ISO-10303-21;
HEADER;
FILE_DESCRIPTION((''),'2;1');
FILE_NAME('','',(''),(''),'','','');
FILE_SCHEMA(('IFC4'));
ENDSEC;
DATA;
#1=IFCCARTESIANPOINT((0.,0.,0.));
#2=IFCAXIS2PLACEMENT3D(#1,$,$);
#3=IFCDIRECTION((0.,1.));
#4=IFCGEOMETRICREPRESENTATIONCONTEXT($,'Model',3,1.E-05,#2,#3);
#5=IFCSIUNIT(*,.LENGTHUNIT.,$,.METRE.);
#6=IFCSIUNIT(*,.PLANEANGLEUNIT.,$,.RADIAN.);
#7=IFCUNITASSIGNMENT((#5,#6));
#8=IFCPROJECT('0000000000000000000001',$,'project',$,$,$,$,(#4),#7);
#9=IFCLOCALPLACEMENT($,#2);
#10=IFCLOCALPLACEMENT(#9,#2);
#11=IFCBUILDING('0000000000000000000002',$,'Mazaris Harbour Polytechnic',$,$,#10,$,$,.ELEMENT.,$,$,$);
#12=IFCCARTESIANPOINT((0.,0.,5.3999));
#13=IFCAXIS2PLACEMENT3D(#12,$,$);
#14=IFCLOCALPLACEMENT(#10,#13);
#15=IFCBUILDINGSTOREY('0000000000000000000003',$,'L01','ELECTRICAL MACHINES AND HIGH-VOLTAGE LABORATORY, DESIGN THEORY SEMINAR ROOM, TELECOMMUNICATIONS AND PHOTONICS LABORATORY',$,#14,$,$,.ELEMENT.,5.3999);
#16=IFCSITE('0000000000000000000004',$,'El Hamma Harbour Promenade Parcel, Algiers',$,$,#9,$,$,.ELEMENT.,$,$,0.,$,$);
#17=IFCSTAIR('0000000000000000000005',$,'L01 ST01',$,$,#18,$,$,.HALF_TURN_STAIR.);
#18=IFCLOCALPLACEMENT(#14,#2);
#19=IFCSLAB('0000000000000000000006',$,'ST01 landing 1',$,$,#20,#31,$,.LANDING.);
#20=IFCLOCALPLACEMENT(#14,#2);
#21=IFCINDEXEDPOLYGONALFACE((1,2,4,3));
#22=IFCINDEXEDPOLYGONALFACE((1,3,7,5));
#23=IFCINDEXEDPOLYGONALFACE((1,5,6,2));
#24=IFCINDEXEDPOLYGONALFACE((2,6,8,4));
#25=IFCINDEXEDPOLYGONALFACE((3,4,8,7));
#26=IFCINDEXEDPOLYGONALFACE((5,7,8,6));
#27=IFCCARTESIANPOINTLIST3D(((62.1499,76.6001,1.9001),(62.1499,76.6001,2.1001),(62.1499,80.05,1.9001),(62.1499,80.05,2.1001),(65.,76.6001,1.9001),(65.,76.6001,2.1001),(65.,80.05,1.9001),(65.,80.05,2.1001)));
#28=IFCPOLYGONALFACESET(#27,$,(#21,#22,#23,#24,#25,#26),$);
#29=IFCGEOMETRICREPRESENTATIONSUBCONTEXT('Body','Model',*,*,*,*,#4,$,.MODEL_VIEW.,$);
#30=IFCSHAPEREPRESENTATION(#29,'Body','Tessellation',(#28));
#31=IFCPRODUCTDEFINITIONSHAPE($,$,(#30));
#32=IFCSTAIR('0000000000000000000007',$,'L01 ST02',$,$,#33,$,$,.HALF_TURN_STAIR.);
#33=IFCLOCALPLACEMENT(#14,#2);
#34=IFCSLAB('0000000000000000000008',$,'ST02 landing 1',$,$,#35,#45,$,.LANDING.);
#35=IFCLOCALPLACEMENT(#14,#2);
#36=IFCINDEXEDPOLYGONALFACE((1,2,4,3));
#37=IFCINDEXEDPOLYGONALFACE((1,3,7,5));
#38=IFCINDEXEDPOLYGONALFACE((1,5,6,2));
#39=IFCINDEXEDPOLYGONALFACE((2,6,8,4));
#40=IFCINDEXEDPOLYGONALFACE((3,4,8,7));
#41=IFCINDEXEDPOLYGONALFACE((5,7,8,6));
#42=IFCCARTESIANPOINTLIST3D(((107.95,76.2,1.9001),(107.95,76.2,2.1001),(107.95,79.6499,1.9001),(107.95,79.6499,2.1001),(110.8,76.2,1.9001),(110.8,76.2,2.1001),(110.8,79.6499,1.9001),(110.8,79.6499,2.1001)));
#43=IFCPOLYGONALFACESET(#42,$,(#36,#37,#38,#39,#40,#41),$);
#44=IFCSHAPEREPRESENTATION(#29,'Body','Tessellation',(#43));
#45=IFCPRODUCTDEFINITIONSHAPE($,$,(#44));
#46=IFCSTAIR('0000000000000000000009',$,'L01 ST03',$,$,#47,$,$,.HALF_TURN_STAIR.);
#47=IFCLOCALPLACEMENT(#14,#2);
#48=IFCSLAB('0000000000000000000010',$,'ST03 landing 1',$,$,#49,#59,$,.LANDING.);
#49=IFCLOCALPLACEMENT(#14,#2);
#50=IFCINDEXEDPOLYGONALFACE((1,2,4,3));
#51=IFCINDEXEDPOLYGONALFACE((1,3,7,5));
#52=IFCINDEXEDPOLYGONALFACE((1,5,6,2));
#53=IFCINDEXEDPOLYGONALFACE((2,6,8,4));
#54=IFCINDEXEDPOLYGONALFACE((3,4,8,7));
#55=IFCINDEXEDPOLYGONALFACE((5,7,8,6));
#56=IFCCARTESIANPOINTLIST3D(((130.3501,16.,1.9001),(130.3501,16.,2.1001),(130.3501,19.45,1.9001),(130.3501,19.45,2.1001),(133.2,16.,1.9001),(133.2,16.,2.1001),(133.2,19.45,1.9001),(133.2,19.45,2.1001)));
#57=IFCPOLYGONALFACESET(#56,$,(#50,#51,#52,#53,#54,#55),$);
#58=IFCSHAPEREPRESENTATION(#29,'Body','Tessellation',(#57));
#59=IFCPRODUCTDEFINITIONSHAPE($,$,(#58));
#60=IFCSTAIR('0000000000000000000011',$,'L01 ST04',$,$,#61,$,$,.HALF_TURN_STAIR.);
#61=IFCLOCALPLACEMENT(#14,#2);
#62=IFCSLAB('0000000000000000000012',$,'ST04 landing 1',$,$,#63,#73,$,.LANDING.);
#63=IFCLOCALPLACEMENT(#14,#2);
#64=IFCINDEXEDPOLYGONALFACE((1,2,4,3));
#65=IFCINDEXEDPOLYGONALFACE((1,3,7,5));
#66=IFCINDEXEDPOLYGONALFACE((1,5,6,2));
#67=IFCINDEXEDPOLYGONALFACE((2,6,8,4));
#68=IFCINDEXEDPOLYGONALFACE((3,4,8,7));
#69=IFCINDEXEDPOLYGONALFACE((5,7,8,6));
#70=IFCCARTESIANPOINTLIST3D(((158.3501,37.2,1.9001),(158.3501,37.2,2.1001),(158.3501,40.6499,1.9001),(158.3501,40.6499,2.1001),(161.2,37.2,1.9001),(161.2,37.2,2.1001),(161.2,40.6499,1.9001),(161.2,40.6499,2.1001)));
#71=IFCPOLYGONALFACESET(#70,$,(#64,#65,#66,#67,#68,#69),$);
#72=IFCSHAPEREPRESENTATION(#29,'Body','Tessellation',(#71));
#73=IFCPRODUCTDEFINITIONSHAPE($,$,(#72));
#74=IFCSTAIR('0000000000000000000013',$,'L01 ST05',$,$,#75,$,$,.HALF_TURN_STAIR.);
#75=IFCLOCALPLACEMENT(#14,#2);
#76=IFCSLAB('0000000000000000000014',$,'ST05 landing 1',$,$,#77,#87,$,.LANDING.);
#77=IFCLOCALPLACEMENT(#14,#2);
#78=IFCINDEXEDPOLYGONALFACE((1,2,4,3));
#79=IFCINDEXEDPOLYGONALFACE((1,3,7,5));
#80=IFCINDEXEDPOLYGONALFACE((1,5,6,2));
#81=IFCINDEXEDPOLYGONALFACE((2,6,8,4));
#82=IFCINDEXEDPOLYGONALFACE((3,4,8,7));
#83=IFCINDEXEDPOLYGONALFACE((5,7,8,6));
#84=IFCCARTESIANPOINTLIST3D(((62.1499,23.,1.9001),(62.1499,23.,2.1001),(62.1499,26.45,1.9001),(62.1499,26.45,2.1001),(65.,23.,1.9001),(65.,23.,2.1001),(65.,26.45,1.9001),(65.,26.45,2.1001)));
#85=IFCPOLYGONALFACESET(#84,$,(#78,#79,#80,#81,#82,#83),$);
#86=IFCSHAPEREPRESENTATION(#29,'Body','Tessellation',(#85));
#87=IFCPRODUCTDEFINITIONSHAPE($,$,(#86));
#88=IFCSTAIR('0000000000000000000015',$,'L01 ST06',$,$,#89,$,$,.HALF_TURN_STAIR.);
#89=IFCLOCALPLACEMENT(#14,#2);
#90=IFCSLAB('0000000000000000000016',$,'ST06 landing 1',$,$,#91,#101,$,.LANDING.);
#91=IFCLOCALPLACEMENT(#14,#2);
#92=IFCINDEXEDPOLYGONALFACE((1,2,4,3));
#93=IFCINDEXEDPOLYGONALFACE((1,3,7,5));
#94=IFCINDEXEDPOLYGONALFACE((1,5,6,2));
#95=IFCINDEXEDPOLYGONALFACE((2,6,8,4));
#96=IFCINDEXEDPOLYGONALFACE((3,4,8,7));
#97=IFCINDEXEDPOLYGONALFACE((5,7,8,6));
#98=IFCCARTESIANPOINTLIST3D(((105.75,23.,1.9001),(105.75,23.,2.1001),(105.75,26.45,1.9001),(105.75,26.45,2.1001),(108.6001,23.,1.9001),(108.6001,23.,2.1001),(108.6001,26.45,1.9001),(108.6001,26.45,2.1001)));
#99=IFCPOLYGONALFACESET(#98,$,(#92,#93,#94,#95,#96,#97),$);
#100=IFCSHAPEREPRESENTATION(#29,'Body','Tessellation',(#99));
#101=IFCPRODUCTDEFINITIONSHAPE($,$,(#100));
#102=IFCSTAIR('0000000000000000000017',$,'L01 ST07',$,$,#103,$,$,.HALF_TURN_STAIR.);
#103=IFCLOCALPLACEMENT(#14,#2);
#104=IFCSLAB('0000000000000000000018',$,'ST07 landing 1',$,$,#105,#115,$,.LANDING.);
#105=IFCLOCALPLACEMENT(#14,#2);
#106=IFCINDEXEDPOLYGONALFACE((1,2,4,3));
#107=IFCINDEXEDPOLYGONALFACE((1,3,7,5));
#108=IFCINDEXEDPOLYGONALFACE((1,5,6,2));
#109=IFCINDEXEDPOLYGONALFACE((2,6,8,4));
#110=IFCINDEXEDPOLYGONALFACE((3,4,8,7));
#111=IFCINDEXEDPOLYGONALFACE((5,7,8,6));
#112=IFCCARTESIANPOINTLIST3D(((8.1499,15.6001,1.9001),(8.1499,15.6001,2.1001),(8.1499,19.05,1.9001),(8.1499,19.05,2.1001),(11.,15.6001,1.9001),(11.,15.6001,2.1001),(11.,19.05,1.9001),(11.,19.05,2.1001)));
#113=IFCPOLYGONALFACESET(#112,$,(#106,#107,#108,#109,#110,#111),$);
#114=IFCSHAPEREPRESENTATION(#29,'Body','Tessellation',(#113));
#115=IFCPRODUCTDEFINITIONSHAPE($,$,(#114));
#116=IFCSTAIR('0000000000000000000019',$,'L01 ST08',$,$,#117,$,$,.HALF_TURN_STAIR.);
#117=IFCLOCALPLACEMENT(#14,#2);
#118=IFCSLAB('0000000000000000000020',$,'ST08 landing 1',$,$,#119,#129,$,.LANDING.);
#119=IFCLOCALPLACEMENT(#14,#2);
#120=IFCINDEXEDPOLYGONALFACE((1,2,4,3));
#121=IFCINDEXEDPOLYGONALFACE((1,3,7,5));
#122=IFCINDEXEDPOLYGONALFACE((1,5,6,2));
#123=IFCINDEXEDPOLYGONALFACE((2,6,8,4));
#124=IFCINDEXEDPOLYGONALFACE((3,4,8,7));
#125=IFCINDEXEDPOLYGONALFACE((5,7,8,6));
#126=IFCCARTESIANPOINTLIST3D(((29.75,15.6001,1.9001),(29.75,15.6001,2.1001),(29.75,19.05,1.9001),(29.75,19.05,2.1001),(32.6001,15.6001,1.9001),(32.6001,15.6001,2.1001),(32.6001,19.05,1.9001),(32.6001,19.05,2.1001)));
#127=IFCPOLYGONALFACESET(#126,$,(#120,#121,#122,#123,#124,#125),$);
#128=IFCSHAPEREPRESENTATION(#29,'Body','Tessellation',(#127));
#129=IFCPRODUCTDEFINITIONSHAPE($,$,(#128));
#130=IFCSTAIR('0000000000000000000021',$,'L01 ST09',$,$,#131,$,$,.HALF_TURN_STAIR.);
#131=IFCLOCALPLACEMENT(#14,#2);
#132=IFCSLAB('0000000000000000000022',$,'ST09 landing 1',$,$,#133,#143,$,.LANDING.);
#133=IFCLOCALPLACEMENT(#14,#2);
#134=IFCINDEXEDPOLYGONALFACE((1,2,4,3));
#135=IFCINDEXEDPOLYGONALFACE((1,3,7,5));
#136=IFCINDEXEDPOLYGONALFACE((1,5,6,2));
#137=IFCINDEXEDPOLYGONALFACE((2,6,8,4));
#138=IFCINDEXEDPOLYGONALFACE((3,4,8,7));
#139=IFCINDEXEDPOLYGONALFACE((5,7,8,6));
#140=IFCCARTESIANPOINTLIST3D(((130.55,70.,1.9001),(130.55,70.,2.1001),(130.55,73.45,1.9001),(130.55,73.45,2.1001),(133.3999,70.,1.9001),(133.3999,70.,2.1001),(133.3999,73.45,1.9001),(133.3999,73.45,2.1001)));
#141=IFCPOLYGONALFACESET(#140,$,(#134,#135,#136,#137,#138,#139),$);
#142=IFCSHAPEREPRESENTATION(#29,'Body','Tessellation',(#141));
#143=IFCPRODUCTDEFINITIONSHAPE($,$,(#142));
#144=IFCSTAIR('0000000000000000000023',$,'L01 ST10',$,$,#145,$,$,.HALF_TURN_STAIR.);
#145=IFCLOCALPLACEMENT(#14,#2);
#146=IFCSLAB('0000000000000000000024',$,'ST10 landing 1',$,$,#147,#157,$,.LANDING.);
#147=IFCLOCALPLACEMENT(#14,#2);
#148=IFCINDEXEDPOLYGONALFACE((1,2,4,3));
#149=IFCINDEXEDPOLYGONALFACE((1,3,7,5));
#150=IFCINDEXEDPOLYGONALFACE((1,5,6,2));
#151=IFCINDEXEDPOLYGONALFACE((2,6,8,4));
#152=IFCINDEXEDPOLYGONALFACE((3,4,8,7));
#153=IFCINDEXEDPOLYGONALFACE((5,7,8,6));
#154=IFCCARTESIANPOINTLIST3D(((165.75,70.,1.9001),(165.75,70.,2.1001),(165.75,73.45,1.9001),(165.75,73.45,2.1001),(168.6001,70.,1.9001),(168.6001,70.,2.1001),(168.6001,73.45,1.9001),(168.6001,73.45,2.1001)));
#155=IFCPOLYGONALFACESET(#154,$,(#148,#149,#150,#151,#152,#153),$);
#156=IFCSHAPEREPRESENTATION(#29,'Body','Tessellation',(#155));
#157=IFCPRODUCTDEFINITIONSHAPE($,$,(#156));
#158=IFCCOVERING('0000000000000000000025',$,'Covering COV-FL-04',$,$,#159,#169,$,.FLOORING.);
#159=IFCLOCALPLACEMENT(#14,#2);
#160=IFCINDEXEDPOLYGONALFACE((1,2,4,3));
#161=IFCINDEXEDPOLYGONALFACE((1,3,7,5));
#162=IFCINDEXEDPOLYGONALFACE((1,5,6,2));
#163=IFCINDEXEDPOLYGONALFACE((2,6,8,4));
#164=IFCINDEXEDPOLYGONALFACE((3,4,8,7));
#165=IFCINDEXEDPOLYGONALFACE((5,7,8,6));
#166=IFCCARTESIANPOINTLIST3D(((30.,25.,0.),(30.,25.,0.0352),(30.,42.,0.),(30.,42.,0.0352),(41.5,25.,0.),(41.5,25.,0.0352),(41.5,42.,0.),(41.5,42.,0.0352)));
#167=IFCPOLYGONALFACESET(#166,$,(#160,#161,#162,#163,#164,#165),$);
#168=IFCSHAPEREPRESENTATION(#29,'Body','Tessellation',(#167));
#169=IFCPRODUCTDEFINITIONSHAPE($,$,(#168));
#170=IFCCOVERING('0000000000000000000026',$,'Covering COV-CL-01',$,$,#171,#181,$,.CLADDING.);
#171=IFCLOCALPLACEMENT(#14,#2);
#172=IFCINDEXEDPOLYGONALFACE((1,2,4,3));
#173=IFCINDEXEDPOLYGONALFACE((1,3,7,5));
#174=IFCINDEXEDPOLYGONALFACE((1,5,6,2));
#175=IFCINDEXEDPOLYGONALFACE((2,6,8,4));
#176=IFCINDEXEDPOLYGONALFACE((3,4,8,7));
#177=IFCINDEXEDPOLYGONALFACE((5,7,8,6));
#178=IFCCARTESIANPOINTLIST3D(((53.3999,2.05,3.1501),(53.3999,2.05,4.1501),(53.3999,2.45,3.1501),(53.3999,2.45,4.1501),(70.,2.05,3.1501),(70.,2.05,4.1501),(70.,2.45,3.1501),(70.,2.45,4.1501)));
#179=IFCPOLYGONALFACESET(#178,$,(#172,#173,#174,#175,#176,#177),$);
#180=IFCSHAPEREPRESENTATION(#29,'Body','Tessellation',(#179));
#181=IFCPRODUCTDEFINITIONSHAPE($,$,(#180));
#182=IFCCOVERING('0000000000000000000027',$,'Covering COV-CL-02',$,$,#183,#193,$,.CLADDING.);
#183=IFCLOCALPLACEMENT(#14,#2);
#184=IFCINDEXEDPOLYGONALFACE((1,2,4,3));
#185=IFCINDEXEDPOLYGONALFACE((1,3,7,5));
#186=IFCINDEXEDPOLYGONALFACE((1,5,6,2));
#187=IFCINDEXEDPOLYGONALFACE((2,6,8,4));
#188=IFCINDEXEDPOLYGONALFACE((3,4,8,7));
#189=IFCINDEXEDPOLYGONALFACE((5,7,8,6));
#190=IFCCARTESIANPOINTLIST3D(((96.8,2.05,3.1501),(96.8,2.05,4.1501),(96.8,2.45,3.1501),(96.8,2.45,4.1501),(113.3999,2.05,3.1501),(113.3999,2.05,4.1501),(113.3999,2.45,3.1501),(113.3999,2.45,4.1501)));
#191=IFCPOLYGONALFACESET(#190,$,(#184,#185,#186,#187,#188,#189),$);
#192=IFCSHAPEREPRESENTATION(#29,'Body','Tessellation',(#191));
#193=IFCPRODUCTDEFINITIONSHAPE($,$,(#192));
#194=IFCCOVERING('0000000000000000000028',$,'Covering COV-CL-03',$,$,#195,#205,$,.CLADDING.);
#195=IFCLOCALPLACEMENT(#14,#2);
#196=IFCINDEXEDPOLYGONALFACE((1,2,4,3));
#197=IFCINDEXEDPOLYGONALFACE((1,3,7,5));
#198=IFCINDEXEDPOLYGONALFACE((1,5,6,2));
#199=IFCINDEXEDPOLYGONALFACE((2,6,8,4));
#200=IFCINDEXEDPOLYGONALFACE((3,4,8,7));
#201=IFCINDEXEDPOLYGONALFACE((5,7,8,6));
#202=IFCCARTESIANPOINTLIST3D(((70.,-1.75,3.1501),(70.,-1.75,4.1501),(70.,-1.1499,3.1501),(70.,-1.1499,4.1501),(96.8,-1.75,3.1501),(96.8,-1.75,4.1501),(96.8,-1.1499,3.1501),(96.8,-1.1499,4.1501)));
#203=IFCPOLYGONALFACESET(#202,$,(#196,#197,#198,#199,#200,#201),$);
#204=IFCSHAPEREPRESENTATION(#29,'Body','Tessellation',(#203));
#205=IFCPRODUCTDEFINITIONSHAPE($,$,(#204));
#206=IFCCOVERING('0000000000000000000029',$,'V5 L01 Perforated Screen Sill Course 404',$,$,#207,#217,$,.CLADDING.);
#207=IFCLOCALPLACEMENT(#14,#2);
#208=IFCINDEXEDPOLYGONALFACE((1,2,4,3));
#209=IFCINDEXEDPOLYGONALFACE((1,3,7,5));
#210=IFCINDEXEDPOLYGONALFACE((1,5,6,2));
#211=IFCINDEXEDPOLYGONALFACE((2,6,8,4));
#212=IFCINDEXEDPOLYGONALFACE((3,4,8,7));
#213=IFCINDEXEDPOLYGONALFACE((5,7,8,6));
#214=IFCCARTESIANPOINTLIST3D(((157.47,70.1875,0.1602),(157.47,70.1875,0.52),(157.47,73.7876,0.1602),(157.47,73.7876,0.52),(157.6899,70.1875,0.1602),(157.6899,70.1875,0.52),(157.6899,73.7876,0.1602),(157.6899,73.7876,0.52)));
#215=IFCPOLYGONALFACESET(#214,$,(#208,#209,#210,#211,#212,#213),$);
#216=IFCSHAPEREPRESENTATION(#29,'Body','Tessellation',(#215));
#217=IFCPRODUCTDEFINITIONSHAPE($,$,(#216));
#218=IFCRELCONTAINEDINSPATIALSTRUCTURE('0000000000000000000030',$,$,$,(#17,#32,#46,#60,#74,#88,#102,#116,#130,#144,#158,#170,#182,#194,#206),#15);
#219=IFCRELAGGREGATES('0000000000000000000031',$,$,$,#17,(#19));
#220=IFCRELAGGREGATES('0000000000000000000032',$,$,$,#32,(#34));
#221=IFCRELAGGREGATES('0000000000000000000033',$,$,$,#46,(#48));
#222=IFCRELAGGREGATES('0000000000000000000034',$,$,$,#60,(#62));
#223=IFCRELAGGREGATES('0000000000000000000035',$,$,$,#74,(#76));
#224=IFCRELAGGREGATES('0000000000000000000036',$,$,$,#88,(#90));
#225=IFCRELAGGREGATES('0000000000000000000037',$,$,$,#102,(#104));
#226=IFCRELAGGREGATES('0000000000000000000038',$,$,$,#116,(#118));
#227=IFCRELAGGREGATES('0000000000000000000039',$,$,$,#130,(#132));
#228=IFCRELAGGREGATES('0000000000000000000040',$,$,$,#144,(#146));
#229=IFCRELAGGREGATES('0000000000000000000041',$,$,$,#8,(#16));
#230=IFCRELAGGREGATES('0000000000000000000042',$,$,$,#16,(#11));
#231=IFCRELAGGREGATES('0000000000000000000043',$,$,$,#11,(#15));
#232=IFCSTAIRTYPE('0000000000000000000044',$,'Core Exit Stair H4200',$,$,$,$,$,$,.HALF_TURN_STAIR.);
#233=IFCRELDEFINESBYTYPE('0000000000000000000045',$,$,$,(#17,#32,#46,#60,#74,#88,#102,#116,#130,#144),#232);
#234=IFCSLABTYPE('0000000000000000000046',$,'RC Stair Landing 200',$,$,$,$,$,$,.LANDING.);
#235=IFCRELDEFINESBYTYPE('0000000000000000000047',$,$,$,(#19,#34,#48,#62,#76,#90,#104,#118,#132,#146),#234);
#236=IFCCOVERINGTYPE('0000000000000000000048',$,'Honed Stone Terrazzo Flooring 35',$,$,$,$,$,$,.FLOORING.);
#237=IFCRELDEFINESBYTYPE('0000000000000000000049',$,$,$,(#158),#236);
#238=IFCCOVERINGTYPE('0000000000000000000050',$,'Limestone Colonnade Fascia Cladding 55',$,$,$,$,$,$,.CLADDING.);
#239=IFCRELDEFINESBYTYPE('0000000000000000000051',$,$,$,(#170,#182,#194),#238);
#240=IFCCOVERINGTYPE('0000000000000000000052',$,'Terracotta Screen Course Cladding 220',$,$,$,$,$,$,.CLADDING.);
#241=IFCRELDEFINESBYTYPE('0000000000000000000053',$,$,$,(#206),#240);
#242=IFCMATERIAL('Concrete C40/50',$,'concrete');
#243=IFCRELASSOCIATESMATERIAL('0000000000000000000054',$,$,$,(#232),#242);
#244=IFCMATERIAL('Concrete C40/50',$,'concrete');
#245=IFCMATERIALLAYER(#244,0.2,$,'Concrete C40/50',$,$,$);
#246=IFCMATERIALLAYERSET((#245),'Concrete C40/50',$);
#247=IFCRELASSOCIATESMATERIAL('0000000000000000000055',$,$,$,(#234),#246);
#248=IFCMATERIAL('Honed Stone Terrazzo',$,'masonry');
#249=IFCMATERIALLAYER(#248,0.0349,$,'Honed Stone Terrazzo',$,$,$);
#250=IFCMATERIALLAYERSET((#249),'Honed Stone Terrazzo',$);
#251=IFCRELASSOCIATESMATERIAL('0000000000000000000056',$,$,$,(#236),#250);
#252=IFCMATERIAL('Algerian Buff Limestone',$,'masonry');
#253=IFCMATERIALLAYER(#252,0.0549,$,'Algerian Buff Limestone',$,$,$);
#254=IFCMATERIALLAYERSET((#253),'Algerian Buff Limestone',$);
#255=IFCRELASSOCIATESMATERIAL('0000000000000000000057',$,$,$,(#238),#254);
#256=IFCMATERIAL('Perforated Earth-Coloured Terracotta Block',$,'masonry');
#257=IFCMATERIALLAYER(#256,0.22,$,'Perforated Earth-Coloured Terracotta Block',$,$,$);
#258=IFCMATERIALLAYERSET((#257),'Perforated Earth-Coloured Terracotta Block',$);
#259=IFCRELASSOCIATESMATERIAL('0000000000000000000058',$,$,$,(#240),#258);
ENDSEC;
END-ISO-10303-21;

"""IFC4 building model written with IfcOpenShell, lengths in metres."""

from ifc_helpers import new_model, si_unit, direction, frame, origin, place, context, subcontext, project, spatial, polyline, outline, extrude, material, layer, layer_set, type_object, element, aggregate, save


model = new_model("IFC4")

# Units and contexts
model_context = context("Model", 3, precision=1e-05, world=origin(), true_north=direction((0.0, 1.0)))
body_context = subcontext(model_context, "Body", "Model", "MODEL_VIEW")
ifc_project = project(units=[si_unit("LENGTHUNIT", "METRE"), si_unit("PLANEANGLEUNIT", "RADIAN")], contexts=[model_context])

# Site, building, storey
site_placement = place(None, origin())
site = spatial("IfcSite", under=ifc_project, at=site_placement, Name="El Hamma Harbour Promenade Parcel, Algiers", CompositionType="ELEMENT", RefElevation=0.0)
building_placement = place(site_placement, origin())
building = spatial("IfcBuilding", under=site, at=building_placement, Name="Mazaris Harbour Polytechnic", CompositionType="ELEMENT")
storey_placement = place(building_placement, frame((0.0, 0.0, 5.3999)))
storey = spatial("IfcBuildingStorey", under=building, at=storey_placement, Name="L01", Description="ELECTRICAL MACHINES AND HIGH-VOLTAGE LABORATORY, DESIGN THEORY SEMINAR ROOM, TELECOMMUNICATIONS AND PHOTONICS LABORATORY", CompositionType="ELEMENT", Elevation=5.3999)

# Stairs, slabs
ifc_material_1 = material(Name="Concrete C40/50", Category="concrete")
stair_type = type_object("IfcStairType", Name="Core Exit Stair H4200", PredefinedType="HALF_TURN_STAIR", material=ifc_material_1)
stair_1_placement = place(storey_placement, origin())
stair_1 = element("IfcStair", 1, at=stair_1_placement, inside=storey, type_object=stair_type, Name="L01 ST01", PredefinedType="HALF_TURN_STAIR")
ifc_material_2 = material(Name="Concrete C40/50", Category="concrete")
ifc_layer_1 = layer(ifc_material_2, 0.2, Name="Concrete C40/50")
ifc_layer_set_1 = layer_set([ifc_layer_1], Name="Concrete C40/50")
slab_type = type_object("IfcSlabType", Name="RC Stair Landing 200", PredefinedType="LANDING", material=ifc_layer_set_1)
slab_1_placement = place(storey_placement, frame((0.0, 0.0, 1.9001)))
slab_1 = element("IfcSlab", 2, at=slab_1_placement, type_object=slab_type, Name="ST01 landing 1", PredefinedType="LANDING", context=body_context, shape_type="SweptSolid", body=[
    extrude(outline(polyline([(62.1499, 76.6001), (65.0, 76.6001), (65.0, 80.05), (62.1499, 80.05), (62.1499, 76.6001)])), origin(), (0.0, 0.0, 1.0), 0.2),
])
aggregate(stair_1, [slab_1])
stair_2_placement = place(storey_placement, origin())
stair_2 = element("IfcStair", 3, at=stair_2_placement, inside=storey, type_object=stair_type, Name="L01 ST02", PredefinedType="HALF_TURN_STAIR")
slab_2_placement = place(storey_placement, frame((0.0, 0.0, 1.9001)))
slab_2 = element("IfcSlab", 4, at=slab_2_placement, type_object=slab_type, Name="ST02 landing 1", PredefinedType="LANDING", context=body_context, shape_type="SweptSolid", body=[
    extrude(outline(polyline([(107.95, 76.2), (110.8, 76.2), (110.8, 79.6499), (107.95, 79.6499), (107.95, 76.2)])), origin(), (0.0, 0.0, 1.0), 0.2),
])
aggregate(stair_2, [slab_2])
stair_3_placement = place(storey_placement, origin())
stair_3 = element("IfcStair", 5, at=stair_3_placement, inside=storey, type_object=stair_type, Name="L01 ST03", PredefinedType="HALF_TURN_STAIR")
slab_3_placement = place(storey_placement, frame((0.0, 0.0, 1.9001)))
slab_3 = element("IfcSlab", 6, at=slab_3_placement, type_object=slab_type, Name="ST03 landing 1", PredefinedType="LANDING", context=body_context, shape_type="SweptSolid", body=[
    extrude(outline(polyline([(130.3501, 16.0), (133.2, 16.0), (133.2, 19.45), (130.3501, 19.45), (130.3501, 16.0)])), origin(), (0.0, 0.0, 1.0), 0.2),
])
aggregate(stair_3, [slab_3])
stair_4_placement = place(storey_placement, origin())
stair_4 = element("IfcStair", 7, at=stair_4_placement, inside=storey, type_object=stair_type, Name="L01 ST04", PredefinedType="HALF_TURN_STAIR")
slab_4_placement = place(storey_placement, frame((0.0, 0.0, 1.9001)))
slab_4 = element("IfcSlab", 8, at=slab_4_placement, type_object=slab_type, Name="ST04 landing 1", PredefinedType="LANDING", context=body_context, shape_type="SweptSolid", body=[
    extrude(outline(polyline([(158.3501, 37.2), (161.2, 37.2), (161.2, 40.6499), (158.3501, 40.6499), (158.3501, 37.2)])), origin(), (0.0, 0.0, 1.0), 0.2),
])
aggregate(stair_4, [slab_4])
stair_5_placement = place(storey_placement, origin())
stair_5 = element("IfcStair", 9, at=stair_5_placement, inside=storey, type_object=stair_type, Name="L01 ST05", PredefinedType="HALF_TURN_STAIR")
slab_5_placement = place(storey_placement, frame((0.0, 0.0, 1.9001)))
slab_5 = element("IfcSlab", 10, at=slab_5_placement, type_object=slab_type, Name="ST05 landing 1", PredefinedType="LANDING", context=body_context, shape_type="SweptSolid", body=[
    extrude(outline(polyline([(62.1499, 23.0), (65.0, 23.0), (65.0, 26.45), (62.1499, 26.45), (62.1499, 23.0)])), origin(), (0.0, 0.0, 1.0), 0.2),
])
aggregate(stair_5, [slab_5])
stair_6_placement = place(storey_placement, origin())
stair_6 = element("IfcStair", 11, at=stair_6_placement, inside=storey, type_object=stair_type, Name="L01 ST06", PredefinedType="HALF_TURN_STAIR")
slab_6_placement = place(storey_placement, frame((0.0, 0.0, 1.9001)))
slab_6 = element("IfcSlab", 12, at=slab_6_placement, type_object=slab_type, Name="ST06 landing 1", PredefinedType="LANDING", context=body_context, shape_type="SweptSolid", body=[
    extrude(outline(polyline([(105.75, 23.0), (108.6001, 23.0), (108.6001, 26.45), (105.75, 26.45), (105.75, 23.0)])), origin(), (0.0, 0.0, 1.0), 0.2),
])
aggregate(stair_6, [slab_6])
stair_7_placement = place(storey_placement, origin())
stair_7 = element("IfcStair", 13, at=stair_7_placement, inside=storey, type_object=stair_type, Name="L01 ST07", PredefinedType="HALF_TURN_STAIR")
slab_7_placement = place(storey_placement, frame((0.0, 0.0, 1.9001)))
slab_7 = element("IfcSlab", 14, at=slab_7_placement, type_object=slab_type, Name="ST07 landing 1", PredefinedType="LANDING", context=body_context, shape_type="SweptSolid", body=[
    extrude(outline(polyline([(8.1499, 15.6001), (11.0, 15.6001), (11.0, 19.05), (8.1499, 19.05), (8.1499, 15.6001)])), origin(), (0.0, 0.0, 1.0), 0.2),
])
aggregate(stair_7, [slab_7])
stair_8_placement = place(storey_placement, origin())
stair_8 = element("IfcStair", 15, at=stair_8_placement, inside=storey, type_object=stair_type, Name="L01 ST08", PredefinedType="HALF_TURN_STAIR")
slab_8_placement = place(storey_placement, frame((0.0, 0.0, 1.9001)))
slab_8 = element("IfcSlab", 16, at=slab_8_placement, type_object=slab_type, Name="ST08 landing 1", PredefinedType="LANDING", context=body_context, shape_type="SweptSolid", body=[
    extrude(outline(polyline([(29.75, 15.6001), (32.6001, 15.6001), (32.6001, 19.05), (29.75, 19.05), (29.75, 15.6001)])), origin(), (0.0, 0.0, 1.0), 0.2),
])
aggregate(stair_8, [slab_8])
stair_9_placement = place(storey_placement, origin())
stair_9 = element("IfcStair", 17, at=stair_9_placement, inside=storey, type_object=stair_type, Name="L01 ST09", PredefinedType="HALF_TURN_STAIR")
slab_9_placement = place(storey_placement, frame((0.0, 0.0, 1.9001)))
slab_9 = element("IfcSlab", 18, at=slab_9_placement, type_object=slab_type, Name="ST09 landing 1", PredefinedType="LANDING", context=body_context, shape_type="SweptSolid", body=[
    extrude(outline(polyline([(130.55, 70.0), (133.3999, 70.0), (133.3999, 73.45), (130.55, 73.45), (130.55, 70.0)])), origin(), (0.0, 0.0, 1.0), 0.2),
])
aggregate(stair_9, [slab_9])
stair_10_placement = place(storey_placement, origin())
stair_10 = element("IfcStair", 19, at=stair_10_placement, inside=storey, type_object=stair_type, Name="L01 ST10", PredefinedType="HALF_TURN_STAIR")
slab_10_placement = place(storey_placement, frame((0.0, 0.0, 1.9001)))
slab_10 = element("IfcSlab", 20, at=slab_10_placement, type_object=slab_type, Name="ST10 landing 1", PredefinedType="LANDING", context=body_context, shape_type="SweptSolid", body=[
    extrude(outline(polyline([(165.75, 70.0), (168.6001, 70.0), (168.6001, 73.45), (165.75, 73.45), (165.75, 70.0)])), origin(), (0.0, 0.0, 1.0), 0.2),
])
aggregate(stair_10, [slab_10])

# Coverings
ifc_material_3 = material(Name="Honed Stone Terrazzo", Category="masonry")
ifc_layer_2 = layer(ifc_material_3, 0.0349, Name="Honed Stone Terrazzo")
ifc_layer_set_2 = layer_set([ifc_layer_2], Name="Honed Stone Terrazzo")
covering_type_1 = type_object("IfcCoveringType", Name="Honed Stone Terrazzo Flooring 35", PredefinedType="FLOORING", material=ifc_layer_set_2)
covering_1_placement = place(storey_placement, origin())
element("IfcCovering", 21, at=covering_1_placement, inside=storey, type_object=covering_type_1, Name="Covering COV-FL-04", PredefinedType="FLOORING", context=body_context, shape_type="SweptSolid", body=[
    extrude(outline(polyline([(30.0, 25.0), (41.5, 25.0), (41.5, 42.0), (30.0, 42.0), (30.0, 25.0)])), origin(), (0.0, 0.0, 1.0), 0.0352),
])
ifc_material_4 = material(Name="Algerian Buff Limestone", Category="masonry")
ifc_layer_3 = layer(ifc_material_4, 0.0549, Name="Algerian Buff Limestone")
ifc_layer_set_3 = layer_set([ifc_layer_3], Name="Algerian Buff Limestone")
covering_type_2 = type_object("IfcCoveringType", Name="Limestone Colonnade Fascia Cladding 55", PredefinedType="CLADDING", material=ifc_layer_set_3)
covering_2_placement = place(storey_placement, frame((0.0, 0.0, 3.1501)))
element("IfcCovering", 22, at=covering_2_placement, inside=storey, type_object=covering_type_2, Name="Covering COV-CL-01", PredefinedType="CLADDING", context=body_context, shape_type="SweptSolid", body=[
    extrude(outline(polyline([(53.3999, 2.05), (70.0, 2.05), (70.0, 2.45), (53.3999, 2.45), (53.3999, 2.05)])), origin(), (0.0, 0.0, 1.0), 1.0),
])
covering_3_placement = place(storey_placement, frame((0.0, 0.0, 3.1501)))
element("IfcCovering", 23, at=covering_3_placement, inside=storey, type_object=covering_type_2, Name="Covering COV-CL-02", PredefinedType="CLADDING", context=body_context, shape_type="SweptSolid", body=[
    extrude(outline(polyline([(96.8, 2.05), (113.3999, 2.05), (113.3999, 2.45), (96.8, 2.45), (96.8, 2.05)])), origin(), (0.0, 0.0, 1.0), 1.0),
])
covering_4_placement = place(storey_placement, frame((0.0, 0.0, 3.1501)))
element("IfcCovering", 24, at=covering_4_placement, inside=storey, type_object=covering_type_2, Name="Covering COV-CL-03", PredefinedType="CLADDING", context=body_context, shape_type="SweptSolid", body=[
    extrude(outline(polyline([(70.0, -1.75), (96.8, -1.75), (96.8, -1.1499), (70.0, -1.1499), (70.0, -1.75)])), origin(), (0.0, 0.0, 1.0), 1.0),
])
ifc_material_5 = material(Name="Perforated Earth-Coloured Terracotta Block", Category="masonry")
ifc_layer_4 = layer(ifc_material_5, 0.22, Name="Perforated Earth-Coloured Terracotta Block")
ifc_layer_set_4 = layer_set([ifc_layer_4], Name="Perforated Earth-Coloured Terracotta Block")
covering_type_3 = type_object("IfcCoveringType", Name="Terracotta Screen Course Cladding 220", PredefinedType="CLADDING", material=ifc_layer_set_4)
covering_5_placement = place(storey_placement, frame((0.0, 0.0, 0.1602)))
element("IfcCovering", 25, at=covering_5_placement, inside=storey, type_object=covering_type_3, Name="V5 L01 Perforated Screen Sill Course 404", PredefinedType="CLADDING", context=body_context, shape_type="SweptSolid", body=[
    extrude(outline(polyline([(157.6899, 73.7876), (157.6899, 70.1875), (157.47, 70.1875), (157.47, 73.7876), (157.6899, 73.7876)])), origin(), (0.0, 0.0, 1.0), 0.3599),
])

save(model, "model.ifc")
